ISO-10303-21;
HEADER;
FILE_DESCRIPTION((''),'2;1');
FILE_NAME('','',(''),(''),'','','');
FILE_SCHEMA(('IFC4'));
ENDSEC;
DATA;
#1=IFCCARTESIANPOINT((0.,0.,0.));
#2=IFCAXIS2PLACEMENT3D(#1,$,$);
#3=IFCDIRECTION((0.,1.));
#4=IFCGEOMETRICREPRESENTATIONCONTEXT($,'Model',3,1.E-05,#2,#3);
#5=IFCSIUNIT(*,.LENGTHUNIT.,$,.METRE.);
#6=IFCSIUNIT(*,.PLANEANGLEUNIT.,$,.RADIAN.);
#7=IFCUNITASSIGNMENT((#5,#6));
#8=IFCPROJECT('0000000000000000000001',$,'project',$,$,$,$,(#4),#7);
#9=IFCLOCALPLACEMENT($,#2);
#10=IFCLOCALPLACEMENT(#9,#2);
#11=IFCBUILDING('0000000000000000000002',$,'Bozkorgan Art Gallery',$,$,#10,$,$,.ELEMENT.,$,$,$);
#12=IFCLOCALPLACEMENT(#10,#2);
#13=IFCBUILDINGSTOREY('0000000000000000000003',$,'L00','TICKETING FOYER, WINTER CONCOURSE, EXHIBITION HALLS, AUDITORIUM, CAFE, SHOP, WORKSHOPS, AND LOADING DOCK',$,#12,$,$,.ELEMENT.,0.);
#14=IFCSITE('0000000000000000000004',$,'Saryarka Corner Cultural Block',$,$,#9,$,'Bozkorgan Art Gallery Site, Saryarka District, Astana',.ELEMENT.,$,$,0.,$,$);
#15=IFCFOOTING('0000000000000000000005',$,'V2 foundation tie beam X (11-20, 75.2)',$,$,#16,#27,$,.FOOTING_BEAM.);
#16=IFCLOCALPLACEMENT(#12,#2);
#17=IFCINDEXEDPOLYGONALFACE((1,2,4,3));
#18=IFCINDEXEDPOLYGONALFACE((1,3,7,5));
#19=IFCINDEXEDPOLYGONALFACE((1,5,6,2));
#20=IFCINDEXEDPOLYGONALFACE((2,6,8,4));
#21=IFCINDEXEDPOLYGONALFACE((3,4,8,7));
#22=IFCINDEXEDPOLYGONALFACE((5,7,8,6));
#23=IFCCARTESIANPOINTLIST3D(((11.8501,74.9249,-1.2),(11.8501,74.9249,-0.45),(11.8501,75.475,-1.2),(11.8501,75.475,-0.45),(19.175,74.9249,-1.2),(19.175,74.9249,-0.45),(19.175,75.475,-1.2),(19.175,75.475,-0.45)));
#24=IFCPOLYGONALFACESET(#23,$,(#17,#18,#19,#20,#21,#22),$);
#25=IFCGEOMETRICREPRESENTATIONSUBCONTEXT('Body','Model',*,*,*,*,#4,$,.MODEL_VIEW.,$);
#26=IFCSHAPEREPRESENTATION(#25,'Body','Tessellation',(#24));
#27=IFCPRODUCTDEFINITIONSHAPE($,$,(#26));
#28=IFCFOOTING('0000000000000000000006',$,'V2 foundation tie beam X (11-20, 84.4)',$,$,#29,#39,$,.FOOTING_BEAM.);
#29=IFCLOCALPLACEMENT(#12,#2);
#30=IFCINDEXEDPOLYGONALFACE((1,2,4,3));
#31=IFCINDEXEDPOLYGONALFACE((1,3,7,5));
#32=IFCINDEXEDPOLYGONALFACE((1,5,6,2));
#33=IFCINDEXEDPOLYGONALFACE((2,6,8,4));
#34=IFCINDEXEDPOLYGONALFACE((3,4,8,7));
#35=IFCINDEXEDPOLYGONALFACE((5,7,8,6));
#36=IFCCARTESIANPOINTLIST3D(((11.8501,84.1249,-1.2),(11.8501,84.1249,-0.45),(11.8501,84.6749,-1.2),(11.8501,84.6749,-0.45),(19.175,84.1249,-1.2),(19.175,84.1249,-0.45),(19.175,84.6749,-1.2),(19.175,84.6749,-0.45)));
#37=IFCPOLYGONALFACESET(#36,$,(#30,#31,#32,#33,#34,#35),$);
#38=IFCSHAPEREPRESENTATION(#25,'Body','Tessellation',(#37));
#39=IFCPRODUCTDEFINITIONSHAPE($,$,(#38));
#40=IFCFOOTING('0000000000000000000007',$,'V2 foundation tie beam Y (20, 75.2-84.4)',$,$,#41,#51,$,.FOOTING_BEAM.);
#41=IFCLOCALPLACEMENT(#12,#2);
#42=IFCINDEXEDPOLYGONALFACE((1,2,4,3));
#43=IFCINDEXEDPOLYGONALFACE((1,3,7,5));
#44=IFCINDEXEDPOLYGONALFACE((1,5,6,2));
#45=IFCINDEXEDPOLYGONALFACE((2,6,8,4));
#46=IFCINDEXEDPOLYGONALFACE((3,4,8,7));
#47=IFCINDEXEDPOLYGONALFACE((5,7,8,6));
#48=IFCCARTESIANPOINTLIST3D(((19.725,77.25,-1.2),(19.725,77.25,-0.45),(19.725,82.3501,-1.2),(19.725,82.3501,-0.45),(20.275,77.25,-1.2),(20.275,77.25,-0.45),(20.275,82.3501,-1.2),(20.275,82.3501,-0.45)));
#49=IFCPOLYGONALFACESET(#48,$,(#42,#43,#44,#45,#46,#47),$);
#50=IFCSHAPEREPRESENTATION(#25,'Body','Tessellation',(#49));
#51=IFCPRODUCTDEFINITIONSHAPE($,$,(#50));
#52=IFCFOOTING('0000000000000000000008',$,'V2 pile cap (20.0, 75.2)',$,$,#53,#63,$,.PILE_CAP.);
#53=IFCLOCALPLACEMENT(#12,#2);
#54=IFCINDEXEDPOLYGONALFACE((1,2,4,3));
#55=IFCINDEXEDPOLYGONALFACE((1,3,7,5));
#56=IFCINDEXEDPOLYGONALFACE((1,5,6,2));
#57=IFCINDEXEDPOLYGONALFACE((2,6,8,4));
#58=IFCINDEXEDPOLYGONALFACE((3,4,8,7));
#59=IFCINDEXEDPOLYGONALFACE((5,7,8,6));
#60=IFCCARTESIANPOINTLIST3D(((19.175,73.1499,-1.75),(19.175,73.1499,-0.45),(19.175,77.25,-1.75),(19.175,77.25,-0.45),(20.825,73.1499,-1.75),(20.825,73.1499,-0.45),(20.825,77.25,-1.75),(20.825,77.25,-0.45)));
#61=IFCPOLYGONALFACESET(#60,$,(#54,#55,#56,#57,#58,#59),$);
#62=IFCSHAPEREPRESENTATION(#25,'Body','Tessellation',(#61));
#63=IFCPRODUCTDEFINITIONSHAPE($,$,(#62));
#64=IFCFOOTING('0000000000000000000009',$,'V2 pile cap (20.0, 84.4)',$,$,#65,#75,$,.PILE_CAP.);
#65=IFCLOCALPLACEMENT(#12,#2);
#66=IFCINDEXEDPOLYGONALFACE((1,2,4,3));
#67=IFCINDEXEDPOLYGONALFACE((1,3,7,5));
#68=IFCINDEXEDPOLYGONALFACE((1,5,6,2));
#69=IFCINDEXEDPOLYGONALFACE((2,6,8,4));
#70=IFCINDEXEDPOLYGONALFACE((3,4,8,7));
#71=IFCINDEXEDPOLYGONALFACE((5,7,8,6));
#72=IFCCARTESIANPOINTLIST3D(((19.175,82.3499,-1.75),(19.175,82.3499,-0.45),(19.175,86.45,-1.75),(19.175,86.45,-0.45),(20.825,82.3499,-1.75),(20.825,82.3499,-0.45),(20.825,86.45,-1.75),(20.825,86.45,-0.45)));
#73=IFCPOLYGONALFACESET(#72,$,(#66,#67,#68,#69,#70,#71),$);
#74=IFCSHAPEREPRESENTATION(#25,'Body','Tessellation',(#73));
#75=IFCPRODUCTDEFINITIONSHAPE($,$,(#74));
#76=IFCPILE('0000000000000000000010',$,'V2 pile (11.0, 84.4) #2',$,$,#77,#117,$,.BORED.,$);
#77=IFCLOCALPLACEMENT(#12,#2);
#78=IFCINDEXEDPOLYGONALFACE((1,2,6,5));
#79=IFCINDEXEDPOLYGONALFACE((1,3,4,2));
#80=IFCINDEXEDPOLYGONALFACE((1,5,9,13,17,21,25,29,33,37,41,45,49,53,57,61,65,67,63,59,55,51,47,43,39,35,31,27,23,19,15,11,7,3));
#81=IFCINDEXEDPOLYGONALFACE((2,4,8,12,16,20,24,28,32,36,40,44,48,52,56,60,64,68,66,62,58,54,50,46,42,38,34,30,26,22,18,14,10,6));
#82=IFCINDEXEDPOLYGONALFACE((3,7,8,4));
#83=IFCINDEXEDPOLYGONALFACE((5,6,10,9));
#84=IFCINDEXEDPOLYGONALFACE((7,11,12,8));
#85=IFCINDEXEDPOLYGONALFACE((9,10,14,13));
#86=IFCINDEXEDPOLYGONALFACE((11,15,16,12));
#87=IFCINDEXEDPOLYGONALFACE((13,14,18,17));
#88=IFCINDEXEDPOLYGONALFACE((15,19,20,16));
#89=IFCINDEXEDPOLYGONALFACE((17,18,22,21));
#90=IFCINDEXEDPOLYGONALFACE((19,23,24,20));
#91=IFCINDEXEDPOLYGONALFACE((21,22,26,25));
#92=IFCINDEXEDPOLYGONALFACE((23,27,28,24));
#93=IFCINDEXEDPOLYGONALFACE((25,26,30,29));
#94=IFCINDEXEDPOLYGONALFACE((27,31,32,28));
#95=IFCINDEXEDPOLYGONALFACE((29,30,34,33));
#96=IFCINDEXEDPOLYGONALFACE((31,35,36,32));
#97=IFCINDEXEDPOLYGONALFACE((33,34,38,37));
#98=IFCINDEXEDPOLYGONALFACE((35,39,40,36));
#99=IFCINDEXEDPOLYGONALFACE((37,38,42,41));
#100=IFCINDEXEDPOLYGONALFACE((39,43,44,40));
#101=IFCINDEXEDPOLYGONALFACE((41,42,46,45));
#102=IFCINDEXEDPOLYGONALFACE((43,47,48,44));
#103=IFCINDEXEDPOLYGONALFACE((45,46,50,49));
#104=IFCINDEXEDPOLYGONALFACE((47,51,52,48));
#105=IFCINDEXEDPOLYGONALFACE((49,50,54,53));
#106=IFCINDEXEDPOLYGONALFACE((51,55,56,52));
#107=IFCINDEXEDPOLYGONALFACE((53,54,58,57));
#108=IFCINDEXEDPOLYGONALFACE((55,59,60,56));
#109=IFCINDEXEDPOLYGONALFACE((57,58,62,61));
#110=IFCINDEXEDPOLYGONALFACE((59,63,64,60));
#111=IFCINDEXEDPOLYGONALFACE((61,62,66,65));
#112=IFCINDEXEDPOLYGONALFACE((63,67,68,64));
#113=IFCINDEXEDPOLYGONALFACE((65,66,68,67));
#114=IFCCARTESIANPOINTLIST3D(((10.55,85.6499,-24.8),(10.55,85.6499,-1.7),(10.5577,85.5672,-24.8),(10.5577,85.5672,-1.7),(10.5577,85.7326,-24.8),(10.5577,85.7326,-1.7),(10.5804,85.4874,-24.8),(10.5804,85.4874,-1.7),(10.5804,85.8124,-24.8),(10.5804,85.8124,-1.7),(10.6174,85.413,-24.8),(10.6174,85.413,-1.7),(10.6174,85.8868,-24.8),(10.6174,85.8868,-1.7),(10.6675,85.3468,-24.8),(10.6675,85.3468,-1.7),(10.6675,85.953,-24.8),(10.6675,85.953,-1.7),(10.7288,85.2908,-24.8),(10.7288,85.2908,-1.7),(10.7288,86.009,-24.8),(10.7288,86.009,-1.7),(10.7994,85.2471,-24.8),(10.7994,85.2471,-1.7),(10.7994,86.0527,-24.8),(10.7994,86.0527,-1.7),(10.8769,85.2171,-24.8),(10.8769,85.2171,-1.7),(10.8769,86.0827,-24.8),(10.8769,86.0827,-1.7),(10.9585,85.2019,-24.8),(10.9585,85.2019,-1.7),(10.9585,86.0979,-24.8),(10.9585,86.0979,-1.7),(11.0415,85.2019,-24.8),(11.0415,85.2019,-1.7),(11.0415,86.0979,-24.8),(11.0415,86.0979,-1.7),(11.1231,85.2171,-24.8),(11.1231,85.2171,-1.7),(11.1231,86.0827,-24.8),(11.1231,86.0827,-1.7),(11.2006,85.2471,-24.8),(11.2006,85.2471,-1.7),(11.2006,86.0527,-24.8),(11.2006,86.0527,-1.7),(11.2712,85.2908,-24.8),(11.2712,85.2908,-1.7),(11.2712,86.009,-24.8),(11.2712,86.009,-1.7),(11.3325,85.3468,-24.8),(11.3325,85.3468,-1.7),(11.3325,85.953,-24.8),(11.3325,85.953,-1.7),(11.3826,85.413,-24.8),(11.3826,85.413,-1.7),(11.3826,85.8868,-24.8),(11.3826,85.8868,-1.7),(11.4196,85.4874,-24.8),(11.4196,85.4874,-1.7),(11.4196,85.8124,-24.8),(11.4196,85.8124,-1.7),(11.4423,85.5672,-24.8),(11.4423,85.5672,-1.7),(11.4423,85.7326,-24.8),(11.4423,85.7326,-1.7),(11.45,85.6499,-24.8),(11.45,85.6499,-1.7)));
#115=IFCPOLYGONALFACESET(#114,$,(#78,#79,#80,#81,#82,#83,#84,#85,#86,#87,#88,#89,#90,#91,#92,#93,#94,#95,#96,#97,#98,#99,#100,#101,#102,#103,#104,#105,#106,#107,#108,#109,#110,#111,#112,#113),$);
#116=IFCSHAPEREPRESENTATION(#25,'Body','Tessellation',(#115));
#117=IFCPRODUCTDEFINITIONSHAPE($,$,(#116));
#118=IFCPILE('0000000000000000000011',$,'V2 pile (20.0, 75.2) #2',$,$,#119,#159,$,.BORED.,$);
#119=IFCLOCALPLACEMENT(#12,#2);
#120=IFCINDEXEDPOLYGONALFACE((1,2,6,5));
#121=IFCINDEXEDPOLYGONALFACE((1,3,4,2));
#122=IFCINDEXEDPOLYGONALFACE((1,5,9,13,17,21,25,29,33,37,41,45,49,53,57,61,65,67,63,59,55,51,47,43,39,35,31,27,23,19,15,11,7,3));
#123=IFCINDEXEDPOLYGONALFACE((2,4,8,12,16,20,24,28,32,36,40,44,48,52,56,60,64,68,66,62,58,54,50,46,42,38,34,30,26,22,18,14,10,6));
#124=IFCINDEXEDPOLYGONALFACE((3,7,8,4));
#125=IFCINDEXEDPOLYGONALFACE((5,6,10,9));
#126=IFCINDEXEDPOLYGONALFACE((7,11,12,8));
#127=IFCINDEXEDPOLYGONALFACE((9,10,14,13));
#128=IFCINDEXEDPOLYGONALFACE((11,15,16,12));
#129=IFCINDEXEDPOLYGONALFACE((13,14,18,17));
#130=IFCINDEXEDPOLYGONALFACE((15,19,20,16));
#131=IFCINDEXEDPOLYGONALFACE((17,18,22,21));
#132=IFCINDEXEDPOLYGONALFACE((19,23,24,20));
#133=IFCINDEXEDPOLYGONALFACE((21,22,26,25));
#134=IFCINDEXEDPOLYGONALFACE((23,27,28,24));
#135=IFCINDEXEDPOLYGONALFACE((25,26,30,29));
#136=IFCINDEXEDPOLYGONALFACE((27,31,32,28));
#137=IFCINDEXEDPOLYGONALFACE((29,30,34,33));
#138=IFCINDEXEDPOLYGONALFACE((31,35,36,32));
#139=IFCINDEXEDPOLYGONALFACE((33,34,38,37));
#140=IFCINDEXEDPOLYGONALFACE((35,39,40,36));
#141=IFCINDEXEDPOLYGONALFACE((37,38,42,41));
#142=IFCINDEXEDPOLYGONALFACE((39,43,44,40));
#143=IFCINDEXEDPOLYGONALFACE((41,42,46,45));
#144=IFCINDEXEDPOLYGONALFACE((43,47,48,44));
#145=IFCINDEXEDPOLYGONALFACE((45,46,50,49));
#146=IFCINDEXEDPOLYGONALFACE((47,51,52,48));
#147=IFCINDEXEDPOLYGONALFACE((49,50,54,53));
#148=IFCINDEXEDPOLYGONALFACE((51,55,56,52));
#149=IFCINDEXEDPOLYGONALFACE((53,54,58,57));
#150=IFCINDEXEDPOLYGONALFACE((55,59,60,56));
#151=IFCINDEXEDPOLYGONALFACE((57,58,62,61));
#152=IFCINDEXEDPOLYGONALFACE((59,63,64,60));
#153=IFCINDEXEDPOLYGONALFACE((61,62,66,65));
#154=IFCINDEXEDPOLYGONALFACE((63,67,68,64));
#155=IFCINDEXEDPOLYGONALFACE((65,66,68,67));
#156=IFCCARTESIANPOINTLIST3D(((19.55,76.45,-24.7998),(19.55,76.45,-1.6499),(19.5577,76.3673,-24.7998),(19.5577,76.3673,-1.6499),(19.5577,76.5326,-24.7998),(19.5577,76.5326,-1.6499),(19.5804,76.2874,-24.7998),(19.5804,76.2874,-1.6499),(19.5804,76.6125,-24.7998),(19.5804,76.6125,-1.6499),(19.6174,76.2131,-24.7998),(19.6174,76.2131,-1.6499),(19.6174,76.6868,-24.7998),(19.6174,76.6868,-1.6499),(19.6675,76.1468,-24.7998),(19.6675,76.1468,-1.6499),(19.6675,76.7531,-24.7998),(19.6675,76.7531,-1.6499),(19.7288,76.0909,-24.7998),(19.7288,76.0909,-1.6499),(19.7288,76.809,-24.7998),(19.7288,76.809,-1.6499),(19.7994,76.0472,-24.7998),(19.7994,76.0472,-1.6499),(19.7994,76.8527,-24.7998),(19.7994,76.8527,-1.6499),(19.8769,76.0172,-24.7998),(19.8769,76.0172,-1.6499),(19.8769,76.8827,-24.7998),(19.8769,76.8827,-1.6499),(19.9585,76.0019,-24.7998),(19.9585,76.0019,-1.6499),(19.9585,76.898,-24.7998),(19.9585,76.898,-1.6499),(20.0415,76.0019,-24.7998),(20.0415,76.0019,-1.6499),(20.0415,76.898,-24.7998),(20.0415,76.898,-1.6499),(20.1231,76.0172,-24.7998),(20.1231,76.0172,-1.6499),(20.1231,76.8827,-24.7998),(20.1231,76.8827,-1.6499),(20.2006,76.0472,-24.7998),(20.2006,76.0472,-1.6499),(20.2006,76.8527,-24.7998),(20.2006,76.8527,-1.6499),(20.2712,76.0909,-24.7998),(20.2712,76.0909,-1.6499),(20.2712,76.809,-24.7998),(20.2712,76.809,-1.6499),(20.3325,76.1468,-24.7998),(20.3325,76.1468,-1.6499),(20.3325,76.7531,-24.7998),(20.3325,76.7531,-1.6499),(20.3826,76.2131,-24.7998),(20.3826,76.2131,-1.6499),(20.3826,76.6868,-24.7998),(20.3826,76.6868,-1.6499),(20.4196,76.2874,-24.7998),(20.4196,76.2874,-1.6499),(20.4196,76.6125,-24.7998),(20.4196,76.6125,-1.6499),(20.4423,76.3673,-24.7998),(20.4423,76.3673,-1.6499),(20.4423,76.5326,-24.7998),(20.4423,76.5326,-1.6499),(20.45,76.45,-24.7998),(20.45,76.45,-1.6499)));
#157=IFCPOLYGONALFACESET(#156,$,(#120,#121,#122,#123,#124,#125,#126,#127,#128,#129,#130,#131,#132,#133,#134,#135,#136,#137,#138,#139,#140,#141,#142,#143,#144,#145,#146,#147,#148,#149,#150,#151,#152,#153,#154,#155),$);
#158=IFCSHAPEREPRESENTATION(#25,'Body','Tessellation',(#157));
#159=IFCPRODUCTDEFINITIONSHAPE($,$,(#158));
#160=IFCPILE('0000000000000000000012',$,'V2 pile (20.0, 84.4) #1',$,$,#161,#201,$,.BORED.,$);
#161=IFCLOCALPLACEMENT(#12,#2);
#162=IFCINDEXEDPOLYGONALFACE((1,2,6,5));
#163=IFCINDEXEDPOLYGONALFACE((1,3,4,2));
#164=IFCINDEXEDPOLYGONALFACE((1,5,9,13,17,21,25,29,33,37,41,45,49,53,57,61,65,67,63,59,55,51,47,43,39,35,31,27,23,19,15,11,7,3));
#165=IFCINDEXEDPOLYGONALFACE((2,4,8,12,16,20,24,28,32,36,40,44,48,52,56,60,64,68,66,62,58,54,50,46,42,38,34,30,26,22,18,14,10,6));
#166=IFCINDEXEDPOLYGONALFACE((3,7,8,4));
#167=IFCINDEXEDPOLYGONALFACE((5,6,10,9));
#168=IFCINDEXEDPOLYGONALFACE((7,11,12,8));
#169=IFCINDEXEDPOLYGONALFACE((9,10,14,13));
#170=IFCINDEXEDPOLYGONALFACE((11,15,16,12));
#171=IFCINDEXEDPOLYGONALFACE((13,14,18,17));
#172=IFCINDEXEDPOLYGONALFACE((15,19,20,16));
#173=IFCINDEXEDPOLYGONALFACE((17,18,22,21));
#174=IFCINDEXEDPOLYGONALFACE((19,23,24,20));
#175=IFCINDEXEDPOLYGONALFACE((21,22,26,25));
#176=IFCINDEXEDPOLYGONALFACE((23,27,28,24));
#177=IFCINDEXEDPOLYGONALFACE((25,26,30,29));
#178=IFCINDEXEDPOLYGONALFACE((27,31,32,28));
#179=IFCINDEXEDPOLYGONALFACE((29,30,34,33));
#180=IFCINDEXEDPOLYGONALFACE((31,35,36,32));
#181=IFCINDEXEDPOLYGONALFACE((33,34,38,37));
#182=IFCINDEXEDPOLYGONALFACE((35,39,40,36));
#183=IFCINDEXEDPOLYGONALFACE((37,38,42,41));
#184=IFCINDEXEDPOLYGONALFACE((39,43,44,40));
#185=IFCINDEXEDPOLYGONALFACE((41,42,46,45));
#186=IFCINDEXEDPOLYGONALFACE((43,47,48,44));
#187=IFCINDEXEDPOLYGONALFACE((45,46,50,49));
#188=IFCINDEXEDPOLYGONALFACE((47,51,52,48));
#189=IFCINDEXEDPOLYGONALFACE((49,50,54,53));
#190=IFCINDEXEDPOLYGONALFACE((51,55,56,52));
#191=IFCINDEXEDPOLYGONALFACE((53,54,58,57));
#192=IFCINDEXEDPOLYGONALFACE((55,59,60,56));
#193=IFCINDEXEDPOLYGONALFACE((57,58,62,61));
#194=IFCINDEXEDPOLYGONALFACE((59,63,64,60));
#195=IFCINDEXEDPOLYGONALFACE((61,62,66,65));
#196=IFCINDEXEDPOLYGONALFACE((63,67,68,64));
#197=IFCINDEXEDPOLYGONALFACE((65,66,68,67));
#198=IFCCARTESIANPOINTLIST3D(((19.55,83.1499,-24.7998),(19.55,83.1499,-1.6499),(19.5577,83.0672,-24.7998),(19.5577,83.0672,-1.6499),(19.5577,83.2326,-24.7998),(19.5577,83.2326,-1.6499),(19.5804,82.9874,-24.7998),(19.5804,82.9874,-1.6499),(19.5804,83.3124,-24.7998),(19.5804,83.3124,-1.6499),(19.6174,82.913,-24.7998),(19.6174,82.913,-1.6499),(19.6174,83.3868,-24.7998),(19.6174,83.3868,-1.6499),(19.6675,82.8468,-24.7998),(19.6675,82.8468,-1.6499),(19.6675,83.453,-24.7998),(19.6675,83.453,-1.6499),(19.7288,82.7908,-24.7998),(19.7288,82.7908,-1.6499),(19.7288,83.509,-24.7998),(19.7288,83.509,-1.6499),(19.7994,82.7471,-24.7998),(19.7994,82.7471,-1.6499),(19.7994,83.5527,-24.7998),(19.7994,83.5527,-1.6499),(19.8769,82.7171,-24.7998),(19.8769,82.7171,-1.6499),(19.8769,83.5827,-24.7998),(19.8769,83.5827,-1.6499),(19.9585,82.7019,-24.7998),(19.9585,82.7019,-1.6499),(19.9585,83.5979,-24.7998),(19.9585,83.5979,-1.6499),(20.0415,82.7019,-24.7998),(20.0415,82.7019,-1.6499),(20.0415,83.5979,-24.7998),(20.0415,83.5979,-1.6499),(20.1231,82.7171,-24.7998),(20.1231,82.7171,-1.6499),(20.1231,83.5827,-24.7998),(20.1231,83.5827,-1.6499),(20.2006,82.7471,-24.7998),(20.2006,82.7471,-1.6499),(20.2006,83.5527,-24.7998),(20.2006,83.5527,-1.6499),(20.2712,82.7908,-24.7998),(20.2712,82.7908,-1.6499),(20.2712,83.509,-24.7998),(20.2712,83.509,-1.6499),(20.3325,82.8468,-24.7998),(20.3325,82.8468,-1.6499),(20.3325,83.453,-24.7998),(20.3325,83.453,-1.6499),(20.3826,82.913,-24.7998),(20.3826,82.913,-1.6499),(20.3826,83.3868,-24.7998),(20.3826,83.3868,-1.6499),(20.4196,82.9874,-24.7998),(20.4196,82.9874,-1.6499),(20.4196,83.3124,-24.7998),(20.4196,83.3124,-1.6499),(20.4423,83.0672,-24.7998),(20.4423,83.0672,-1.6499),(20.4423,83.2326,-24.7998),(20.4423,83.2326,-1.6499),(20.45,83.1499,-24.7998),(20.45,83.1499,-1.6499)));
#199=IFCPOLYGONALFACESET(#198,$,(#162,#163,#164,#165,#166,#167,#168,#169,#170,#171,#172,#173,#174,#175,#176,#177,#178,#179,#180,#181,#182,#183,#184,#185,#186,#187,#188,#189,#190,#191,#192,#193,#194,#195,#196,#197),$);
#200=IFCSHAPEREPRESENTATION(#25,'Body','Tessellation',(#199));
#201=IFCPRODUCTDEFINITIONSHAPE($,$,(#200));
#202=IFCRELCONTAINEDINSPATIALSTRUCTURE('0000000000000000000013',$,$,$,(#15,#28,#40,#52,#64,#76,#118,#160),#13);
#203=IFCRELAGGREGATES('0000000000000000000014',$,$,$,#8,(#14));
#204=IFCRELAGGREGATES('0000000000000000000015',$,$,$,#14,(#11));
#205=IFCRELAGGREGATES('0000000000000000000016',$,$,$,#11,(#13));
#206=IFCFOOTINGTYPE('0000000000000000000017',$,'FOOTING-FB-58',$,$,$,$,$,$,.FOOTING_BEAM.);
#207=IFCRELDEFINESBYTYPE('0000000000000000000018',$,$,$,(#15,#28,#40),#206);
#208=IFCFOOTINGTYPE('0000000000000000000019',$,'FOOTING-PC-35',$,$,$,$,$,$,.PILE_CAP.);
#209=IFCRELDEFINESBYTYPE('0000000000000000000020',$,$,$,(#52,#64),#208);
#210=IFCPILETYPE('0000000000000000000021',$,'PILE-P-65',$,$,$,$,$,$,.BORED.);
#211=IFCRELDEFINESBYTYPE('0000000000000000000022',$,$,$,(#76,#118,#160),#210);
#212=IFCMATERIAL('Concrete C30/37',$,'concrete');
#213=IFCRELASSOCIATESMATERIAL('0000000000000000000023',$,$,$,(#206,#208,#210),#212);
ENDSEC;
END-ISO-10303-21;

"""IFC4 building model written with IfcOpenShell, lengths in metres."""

from ifc_helpers import new_model, si_unit, direction, frame, origin, origin_2d, place, context, subcontext, project, spatial, rectangle, circle, extrude, material, material_profile, profile_set, type_object, element, save


model = new_model("IFC4")

# Units and contexts
model_context = context("Model", 3, precision=1e-05, world=origin(), true_north=direction((0.0, 1.0)))
body_context = subcontext(model_context, "Body", "Model", "MODEL_VIEW")
ifc_project = project(units=[si_unit("LENGTHUNIT", "METRE"), si_unit("PLANEANGLEUNIT", "RADIAN")], contexts=[model_context])

# Site, building, storey
site_placement = place(None, origin())
site = spatial("IfcSite", under=ifc_project, at=site_placement, Name="Saryarka Corner Cultural Block", LongName="Bozkorgan Art Gallery Site, Saryarka District, Astana", CompositionType="ELEMENT", RefElevation=0.0)
building_placement = place(site_placement, origin())
building = spatial("IfcBuilding", under=site, at=building_placement, Name="Bozkorgan Art Gallery", CompositionType="ELEMENT")
storey_placement = place(building_placement, origin())
storey = spatial("IfcBuildingStorey", under=building, at=storey_placement, Name="L00", Description="TICKETING FOYER, WINTER CONCOURSE, EXHIBITION HALLS, AUDITORIUM, CAFE, SHOP, WORKSHOPS, AND LOADING DOCK", CompositionType="ELEMENT", Elevation=0.0)

# Footings
ifc_material_1 = material(Name="Concrete C30/37", Category="concrete")
ifc_material_profile_1 = material_profile(ifc_material_1, rectangle(XDim=0.55, YDim=0.75, at=origin_2d()), Name="FND 550x750")
ifc_profile_set_1 = profile_set([ifc_material_profile_1], Name="Concrete C30/37")
footing_type_1 = type_object("IfcFootingType", Name="FOOTING-FB-58", PredefinedType="FOOTING_BEAM", material=ifc_profile_set_1)
for number, where, z_axis, x_axis, name in (
    (1, (11.8501, 75.2, -0.825), (1.0, 0.0, 0.0), (0.0, 1.0, 0.0), "V2 foundation tie beam X (11-20, 75.2)"),
    (2, (11.8501, 84.3999, -0.825), (1.0, 0.0, 0.0), (0.0, 1.0, 0.0), "V2 foundation tie beam X (11-20, 84.4)"),
):
    element("IfcFooting", number, at=place(storey_placement, frame(where, z_axis=z_axis, x_axis=x_axis)), inside=storey, type_object=footing_type_1, Name=name, PredefinedType="FOOTING_BEAM", context=body_context, shape_type="SweptSolid", body=[
        extrude(rectangle(XDim=0.55, YDim=0.75, at=origin_2d()), origin(), (0.0, 0.0, 1.0), 7.325),
    ])
footing_placement = place(storey_placement, frame((20.0, 77.25, -0.825), z_axis=(0.0, 1.0, 0.0), x_axis=(-1.0, 0.0, 0.0)))
element("IfcFooting", 3, at=footing_placement, inside=storey, type_object=footing_type_1, Name="V2 foundation tie beam Y (20, 75.2-84.4)", PredefinedType="FOOTING_BEAM", context=body_context, shape_type="SweptSolid", body=[
    extrude(rectangle(XDim=0.55, YDim=0.75, at=origin_2d()), origin(), (0.0, 0.0, 1.0), 5.1001),
])
footing_type_2 = type_object("IfcFootingType", Name="FOOTING-PC-35", PredefinedType="PILE_CAP", material=ifc_material_1)
for number, where, z_axis, x_axis, name in (
    (4, (20.0, 75.2, -1.75), (0.0, 0.0, 1.0), (1.0, 0.0, 0.0), "V2 pile cap (20.0, 75.2)"),
    (5, (20.0, 84.3999, -1.75), (0.0, 0.0, 1.0), (1.0, 0.0, 0.0), "V2 pile cap (20.0, 84.4)"),
):
    element("IfcFooting", number, at=place(storey_placement, frame(where, z_axis=z_axis, x_axis=x_axis)), inside=storey, type_object=footing_type_2, Name=name, PredefinedType="PILE_CAP", context=body_context, shape_type="SweptSolid", body=[
        extrude(rectangle(XDim=1.6499, YDim=4.1001, at=origin_2d()), origin(), (0.0, 0.0, 1.0), 1.3),
    ])

# Piles
ifc_material_profile_2 = material_profile(ifc_material_1, circle(Radius=0.45, at=origin_2d()), Name="PILE D900")
ifc_profile_set_2 = profile_set([ifc_material_profile_2], Name="Concrete C30/37")
pile_type = type_object("IfcPileType", Name="PILE-P-65", PredefinedType="BORED", material=ifc_profile_set_2)
pile_placement = place(storey_placement, frame((11.0, 85.6499, -1.7), z_axis=(0.0, 0.0, -1.0), x_axis=(1.0, 0.0, 0.0)))
element("IfcPile", 6, at=pile_placement, inside=storey, type_object=pile_type, Name="V2 pile (11.0, 84.4) #2", PredefinedType="BORED", context=body_context, shape_type="SweptSolid", body=[
    extrude(circle(Radius=0.45, at=origin_2d()), origin(), (0.0, 0.0, 1.0), 23.1001),
])
for number, where, z_axis, x_axis, name in (
    (7, (20.0, 76.45, -1.6499), (0.0, 0.0, -1.0), (1.0, 0.0, 0.0), "V2 pile (20.0, 75.2) #2"),
    (8, (20.0, 83.1499, -1.6499), (0.0, 0.0, -1.0), (1.0, 0.0, 0.0), "V2 pile (20.0, 84.4) #1"),
):
    element("IfcPile", number, at=place(storey_placement, frame(where, z_axis=z_axis, x_axis=x_axis)), inside=storey, type_object=pile_type, Name=name, PredefinedType="BORED", context=body_context, shape_type="SweptSolid", body=[
        extrude(circle(Radius=0.45, at=origin_2d()), origin(), (0.0, 0.0, 1.0), 23.1499),
    ])

save(model, "model.ifc")
